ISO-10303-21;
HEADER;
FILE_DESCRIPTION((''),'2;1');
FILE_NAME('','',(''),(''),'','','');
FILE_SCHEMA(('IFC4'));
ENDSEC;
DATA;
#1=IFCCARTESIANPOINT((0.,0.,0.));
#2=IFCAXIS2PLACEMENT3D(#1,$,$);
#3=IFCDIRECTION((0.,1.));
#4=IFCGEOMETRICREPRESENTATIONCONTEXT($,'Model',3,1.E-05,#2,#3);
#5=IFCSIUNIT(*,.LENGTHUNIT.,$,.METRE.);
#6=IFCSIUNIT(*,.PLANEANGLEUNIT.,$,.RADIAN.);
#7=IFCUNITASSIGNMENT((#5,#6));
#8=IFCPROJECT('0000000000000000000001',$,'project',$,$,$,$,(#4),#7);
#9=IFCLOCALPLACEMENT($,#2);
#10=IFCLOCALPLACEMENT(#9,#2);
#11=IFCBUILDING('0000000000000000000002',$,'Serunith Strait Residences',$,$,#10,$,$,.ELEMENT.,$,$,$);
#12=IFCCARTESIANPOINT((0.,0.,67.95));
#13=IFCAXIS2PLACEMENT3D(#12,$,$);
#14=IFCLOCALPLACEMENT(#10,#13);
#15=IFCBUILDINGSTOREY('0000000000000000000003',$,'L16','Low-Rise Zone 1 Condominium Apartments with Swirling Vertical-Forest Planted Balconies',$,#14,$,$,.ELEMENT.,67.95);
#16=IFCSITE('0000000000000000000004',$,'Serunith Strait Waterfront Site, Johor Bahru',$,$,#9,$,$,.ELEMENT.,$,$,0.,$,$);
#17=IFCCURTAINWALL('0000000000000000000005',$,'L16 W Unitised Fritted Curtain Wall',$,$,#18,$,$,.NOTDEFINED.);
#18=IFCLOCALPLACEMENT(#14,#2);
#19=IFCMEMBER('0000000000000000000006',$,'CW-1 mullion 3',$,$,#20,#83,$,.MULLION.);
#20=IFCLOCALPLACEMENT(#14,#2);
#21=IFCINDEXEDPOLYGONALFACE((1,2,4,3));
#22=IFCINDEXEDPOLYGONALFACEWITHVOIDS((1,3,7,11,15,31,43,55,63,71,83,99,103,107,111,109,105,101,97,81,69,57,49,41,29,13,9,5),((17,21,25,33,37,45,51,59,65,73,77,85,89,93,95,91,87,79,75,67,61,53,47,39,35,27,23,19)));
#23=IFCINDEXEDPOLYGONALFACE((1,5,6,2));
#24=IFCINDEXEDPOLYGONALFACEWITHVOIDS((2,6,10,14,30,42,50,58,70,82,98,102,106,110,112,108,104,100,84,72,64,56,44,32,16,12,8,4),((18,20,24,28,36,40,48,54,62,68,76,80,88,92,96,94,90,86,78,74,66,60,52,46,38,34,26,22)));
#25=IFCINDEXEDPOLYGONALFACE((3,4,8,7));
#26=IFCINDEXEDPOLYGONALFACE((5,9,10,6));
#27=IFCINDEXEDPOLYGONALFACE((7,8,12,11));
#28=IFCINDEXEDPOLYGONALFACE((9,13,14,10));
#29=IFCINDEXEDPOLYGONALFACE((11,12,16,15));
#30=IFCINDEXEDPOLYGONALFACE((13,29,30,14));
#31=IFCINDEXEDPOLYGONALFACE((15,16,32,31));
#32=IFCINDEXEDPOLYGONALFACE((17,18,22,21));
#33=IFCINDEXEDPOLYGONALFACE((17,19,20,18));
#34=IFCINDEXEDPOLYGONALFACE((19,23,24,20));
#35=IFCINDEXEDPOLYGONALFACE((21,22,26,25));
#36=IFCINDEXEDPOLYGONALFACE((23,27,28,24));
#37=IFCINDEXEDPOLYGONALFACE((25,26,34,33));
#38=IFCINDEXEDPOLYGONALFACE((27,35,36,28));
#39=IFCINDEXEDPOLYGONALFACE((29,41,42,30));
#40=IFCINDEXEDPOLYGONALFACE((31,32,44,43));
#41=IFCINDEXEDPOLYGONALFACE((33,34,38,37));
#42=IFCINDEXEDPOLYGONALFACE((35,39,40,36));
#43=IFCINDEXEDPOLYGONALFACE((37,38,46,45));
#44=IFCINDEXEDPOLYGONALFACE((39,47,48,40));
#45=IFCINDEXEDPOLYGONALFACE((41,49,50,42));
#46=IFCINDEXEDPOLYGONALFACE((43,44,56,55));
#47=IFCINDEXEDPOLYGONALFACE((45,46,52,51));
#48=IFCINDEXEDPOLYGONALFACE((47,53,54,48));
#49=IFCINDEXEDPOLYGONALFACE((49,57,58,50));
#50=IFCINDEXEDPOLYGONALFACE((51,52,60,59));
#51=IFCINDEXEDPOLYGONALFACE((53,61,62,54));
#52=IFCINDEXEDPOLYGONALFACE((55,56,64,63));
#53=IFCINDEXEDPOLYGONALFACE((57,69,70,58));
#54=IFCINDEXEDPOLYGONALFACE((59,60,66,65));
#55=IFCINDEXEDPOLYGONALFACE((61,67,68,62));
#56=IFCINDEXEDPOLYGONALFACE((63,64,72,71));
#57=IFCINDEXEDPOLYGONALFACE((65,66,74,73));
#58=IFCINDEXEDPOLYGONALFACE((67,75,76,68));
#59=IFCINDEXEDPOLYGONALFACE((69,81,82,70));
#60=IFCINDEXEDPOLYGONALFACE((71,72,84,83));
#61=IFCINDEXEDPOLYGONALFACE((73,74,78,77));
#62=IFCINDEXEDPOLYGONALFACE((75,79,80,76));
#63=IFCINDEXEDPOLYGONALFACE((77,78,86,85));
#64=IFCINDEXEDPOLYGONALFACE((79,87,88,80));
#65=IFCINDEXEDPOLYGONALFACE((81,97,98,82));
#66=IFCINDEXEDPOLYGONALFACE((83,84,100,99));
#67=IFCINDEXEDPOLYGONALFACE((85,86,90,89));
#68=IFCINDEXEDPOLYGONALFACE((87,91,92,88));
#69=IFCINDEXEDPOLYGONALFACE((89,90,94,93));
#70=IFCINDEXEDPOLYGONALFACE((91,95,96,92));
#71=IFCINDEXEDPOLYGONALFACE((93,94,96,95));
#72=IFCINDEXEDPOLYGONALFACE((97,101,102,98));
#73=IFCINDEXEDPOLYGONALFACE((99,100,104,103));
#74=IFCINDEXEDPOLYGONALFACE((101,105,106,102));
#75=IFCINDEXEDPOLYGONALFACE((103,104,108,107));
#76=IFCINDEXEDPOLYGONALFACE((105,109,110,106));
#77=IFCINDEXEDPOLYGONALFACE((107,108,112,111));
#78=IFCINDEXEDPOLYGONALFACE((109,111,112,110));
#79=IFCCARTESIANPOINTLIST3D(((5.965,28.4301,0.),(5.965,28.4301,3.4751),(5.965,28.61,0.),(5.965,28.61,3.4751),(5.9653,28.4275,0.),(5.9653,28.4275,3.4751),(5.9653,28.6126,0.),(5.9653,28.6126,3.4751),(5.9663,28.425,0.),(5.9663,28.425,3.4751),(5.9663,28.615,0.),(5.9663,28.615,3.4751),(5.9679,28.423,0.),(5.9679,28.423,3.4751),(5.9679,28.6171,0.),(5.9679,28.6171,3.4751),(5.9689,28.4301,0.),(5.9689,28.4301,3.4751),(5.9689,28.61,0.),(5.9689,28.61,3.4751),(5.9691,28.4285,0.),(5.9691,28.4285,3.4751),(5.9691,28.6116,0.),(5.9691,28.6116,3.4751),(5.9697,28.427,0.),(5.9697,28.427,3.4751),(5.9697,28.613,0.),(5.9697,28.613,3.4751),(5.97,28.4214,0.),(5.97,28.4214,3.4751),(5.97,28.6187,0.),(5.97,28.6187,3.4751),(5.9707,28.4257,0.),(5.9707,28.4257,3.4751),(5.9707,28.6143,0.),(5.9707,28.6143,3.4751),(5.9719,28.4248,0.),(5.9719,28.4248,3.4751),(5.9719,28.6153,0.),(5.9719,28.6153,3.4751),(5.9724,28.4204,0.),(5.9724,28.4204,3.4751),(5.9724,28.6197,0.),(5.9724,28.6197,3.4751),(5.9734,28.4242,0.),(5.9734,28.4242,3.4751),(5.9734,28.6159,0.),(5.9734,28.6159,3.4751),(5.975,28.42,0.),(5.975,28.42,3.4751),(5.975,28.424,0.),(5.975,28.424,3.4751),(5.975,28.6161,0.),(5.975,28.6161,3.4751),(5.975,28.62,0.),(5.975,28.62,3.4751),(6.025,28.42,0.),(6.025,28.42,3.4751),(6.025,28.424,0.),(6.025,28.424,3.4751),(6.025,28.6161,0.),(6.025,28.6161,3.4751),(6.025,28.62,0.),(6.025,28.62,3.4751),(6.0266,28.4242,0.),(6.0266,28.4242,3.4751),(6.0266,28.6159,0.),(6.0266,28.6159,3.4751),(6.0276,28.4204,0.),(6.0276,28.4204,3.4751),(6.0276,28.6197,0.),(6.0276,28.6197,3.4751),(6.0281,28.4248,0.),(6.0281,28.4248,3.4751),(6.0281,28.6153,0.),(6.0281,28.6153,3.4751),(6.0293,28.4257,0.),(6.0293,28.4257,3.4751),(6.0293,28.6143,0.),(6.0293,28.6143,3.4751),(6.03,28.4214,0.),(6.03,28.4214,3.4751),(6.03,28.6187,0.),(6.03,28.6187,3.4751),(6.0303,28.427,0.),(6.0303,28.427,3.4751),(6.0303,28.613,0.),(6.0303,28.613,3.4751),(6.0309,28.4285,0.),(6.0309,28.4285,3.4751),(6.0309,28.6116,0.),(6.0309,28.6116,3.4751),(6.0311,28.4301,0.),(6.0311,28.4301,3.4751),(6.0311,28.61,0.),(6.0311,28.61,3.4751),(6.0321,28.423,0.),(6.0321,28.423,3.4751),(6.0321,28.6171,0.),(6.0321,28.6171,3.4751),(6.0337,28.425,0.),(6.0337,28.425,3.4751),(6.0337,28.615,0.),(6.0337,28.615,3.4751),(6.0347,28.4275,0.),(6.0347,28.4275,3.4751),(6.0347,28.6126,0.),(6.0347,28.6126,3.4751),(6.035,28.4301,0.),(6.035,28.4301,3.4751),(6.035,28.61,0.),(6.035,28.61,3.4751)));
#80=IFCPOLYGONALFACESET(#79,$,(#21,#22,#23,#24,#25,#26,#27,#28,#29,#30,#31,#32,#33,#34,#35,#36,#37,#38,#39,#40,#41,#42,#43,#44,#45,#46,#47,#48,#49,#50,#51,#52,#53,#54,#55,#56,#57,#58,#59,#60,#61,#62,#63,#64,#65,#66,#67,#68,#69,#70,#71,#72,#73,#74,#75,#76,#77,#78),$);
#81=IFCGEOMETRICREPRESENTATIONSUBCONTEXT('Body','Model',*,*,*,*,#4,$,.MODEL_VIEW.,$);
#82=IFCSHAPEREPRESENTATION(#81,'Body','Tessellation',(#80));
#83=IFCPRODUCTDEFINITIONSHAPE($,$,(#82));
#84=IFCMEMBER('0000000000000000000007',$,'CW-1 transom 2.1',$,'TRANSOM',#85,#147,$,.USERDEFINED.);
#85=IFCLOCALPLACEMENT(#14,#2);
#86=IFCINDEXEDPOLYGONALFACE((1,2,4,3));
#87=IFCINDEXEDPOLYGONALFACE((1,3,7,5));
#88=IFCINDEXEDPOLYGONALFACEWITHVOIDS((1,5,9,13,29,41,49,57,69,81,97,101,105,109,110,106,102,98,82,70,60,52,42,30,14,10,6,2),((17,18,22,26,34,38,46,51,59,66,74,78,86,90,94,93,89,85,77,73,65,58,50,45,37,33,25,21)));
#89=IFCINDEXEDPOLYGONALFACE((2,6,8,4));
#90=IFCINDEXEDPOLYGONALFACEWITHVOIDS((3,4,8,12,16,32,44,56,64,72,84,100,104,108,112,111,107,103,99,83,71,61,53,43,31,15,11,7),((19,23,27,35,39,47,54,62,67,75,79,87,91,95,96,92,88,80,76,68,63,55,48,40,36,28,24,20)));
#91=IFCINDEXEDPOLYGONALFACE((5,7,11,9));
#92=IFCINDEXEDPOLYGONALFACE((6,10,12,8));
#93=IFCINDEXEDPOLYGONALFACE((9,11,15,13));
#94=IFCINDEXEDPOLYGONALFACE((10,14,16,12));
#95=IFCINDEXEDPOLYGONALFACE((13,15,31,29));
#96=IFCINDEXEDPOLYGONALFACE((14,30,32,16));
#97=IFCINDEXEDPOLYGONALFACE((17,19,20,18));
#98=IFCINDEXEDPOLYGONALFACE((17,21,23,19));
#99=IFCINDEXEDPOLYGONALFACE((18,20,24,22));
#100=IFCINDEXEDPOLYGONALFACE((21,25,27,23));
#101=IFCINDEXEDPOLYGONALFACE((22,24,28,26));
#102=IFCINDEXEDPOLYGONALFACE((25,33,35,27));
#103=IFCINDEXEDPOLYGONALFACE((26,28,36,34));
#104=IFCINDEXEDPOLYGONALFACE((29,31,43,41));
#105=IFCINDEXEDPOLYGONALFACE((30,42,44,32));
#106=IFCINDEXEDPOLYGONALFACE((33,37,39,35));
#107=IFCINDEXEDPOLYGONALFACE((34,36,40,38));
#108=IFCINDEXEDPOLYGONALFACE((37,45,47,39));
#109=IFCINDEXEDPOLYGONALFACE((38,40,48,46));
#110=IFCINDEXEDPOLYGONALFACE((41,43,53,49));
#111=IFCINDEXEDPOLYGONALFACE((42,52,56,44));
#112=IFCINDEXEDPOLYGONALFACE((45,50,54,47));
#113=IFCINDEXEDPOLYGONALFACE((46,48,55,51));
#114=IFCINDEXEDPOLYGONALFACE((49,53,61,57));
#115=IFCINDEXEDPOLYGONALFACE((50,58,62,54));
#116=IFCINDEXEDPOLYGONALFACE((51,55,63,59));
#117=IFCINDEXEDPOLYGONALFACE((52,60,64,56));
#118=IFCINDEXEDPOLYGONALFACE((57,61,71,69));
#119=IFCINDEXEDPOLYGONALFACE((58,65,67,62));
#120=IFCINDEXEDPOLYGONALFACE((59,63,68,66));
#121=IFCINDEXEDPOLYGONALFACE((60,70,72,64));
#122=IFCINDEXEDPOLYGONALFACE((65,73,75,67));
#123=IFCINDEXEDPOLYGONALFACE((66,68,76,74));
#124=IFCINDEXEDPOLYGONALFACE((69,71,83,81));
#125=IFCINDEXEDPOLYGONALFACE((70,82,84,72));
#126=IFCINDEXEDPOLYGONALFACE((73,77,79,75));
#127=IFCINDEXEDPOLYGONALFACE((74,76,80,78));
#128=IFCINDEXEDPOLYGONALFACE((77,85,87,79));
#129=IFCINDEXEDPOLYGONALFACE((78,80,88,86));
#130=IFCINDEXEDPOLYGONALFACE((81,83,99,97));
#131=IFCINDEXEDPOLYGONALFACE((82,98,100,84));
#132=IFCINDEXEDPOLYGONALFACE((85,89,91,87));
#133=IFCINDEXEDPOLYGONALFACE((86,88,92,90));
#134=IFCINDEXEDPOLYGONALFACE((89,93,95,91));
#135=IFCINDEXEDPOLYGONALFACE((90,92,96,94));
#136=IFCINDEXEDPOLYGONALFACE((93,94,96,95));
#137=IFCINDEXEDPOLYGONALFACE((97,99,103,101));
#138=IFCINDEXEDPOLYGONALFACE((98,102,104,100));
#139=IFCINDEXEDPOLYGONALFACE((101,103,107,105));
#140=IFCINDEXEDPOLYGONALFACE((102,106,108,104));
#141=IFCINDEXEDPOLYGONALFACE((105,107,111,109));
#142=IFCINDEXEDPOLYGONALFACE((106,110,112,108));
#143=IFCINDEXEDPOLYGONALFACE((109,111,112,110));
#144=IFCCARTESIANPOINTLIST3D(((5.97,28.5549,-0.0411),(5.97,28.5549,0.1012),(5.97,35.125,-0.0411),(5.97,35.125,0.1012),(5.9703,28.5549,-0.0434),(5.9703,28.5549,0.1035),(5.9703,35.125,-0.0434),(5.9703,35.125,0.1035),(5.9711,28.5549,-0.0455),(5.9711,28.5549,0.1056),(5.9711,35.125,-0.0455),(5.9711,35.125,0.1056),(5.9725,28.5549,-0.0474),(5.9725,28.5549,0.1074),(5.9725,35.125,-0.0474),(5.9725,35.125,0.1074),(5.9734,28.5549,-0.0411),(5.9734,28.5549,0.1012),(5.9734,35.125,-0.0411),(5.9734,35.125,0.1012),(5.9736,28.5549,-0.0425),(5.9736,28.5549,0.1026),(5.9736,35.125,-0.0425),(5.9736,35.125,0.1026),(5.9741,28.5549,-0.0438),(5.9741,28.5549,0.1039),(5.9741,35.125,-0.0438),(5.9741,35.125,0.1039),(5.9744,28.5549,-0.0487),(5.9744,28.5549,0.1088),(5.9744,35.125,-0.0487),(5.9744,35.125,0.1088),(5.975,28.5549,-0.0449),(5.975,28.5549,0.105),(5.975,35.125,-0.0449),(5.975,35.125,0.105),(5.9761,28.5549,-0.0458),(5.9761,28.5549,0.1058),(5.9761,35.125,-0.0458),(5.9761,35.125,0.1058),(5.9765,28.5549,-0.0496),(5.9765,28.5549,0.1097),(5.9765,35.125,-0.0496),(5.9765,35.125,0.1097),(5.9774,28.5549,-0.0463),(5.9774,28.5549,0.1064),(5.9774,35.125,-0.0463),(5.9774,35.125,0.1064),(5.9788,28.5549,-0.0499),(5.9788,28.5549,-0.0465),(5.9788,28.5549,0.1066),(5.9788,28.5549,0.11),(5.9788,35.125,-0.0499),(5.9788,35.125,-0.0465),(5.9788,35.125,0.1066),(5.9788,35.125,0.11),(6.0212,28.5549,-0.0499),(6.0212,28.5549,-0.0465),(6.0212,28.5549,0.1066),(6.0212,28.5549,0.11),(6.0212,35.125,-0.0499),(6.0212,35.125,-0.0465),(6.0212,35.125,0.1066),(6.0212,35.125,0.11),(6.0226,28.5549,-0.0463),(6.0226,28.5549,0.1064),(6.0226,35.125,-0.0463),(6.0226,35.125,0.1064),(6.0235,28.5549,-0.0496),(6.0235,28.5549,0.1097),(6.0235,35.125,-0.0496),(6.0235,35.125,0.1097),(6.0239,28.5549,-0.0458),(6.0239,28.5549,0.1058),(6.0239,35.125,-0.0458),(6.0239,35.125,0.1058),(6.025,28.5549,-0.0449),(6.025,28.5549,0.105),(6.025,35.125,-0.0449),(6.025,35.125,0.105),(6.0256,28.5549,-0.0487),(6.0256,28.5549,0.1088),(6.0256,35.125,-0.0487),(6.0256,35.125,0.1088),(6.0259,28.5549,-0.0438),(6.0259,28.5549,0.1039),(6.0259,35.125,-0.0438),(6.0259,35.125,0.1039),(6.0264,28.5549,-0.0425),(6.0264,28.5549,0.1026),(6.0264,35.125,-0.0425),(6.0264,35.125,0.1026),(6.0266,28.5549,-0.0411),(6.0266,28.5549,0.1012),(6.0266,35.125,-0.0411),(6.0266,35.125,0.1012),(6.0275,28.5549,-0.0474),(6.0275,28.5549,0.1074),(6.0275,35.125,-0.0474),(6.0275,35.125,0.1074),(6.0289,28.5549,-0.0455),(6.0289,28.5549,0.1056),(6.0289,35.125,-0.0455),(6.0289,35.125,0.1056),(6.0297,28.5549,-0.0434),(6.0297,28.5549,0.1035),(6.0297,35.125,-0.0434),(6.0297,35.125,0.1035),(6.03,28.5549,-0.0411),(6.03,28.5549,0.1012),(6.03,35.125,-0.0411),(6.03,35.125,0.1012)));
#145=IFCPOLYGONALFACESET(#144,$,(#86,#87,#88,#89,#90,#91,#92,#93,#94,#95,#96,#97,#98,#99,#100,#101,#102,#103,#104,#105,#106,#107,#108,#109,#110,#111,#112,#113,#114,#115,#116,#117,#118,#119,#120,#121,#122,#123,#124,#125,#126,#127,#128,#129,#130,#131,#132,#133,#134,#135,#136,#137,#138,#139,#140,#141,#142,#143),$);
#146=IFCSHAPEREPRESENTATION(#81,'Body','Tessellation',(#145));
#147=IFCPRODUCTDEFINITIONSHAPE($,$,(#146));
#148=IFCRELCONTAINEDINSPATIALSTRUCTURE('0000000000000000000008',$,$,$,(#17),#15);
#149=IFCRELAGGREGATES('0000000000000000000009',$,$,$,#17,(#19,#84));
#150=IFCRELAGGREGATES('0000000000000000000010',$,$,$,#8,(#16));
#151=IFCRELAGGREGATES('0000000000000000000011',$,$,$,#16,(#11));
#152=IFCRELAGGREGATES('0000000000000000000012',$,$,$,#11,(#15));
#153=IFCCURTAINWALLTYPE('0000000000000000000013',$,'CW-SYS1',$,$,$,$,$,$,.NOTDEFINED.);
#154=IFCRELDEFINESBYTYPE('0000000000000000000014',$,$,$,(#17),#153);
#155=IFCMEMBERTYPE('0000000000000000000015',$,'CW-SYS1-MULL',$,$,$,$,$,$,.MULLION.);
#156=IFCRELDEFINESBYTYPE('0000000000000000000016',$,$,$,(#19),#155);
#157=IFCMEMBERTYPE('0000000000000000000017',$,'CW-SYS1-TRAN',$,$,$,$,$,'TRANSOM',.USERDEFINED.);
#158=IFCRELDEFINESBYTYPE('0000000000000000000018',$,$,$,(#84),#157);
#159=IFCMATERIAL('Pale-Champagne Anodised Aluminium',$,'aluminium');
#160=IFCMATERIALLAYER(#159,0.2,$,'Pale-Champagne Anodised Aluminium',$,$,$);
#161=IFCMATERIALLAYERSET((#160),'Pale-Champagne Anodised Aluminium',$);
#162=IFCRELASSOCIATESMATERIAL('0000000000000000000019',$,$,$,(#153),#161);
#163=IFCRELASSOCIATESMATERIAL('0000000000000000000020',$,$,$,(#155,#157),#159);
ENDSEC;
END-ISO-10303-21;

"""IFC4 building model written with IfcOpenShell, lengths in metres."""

from ifc_helpers import new_model, si_unit, direction, frame, origin, origin_2d, place, context, subcontext, project, spatial, hollow_rectangle, extrude, source, transform, mapped, material, layer, layer_set, material_profile, profile_set, type_object, element, aggregate, save


model = new_model("IFC4")

# Units and contexts
model_context = context("Model", 3, precision=1e-05, world=origin(), true_north=direction((0.0, 1.0)))
body_context = subcontext(model_context, "Body", "Model", "MODEL_VIEW")
ifc_project = project(units=[si_unit("LENGTHUNIT", "METRE"), si_unit("PLANEANGLEUNIT", "RADIAN")], contexts=[model_context])

# Site, building, storey
site_placement = place(None, origin())
site = spatial("IfcSite", under=ifc_project, at=site_placement, Name="Serunith Strait Waterfront Site, Johor Bahru", CompositionType="ELEMENT", RefElevation=0.0)
building_placement = place(site_placement, origin())
building = spatial("IfcBuilding", under=site, at=building_placement, Name="Serunith Strait Residences", CompositionType="ELEMENT")
storey_placement = place(building_placement, frame((0.0, 0.0, 67.95)))
storey = spatial("IfcBuildingStorey", under=building, at=storey_placement, Name="L16", Description="Low-Rise Zone 1 Condominium Apartments with Swirling Vertical-Forest Planted Balconies", CompositionType="ELEMENT", Elevation=67.95)

# Curtain wall, members
ifc_material_1 = material(Name="Pale-Champagne Anodised Aluminium", Category="aluminium")
ifc_layer_1 = layer(ifc_material_1, 0.2, Name="Pale-Champagne Anodised Aluminium")
ifc_layer_set_1 = layer_set([ifc_layer_1], Name="Pale-Champagne Anodised Aluminium")
curtain_wall_type = type_object("IfcCurtainWallType", Name="CW-SYS1", PredefinedType="NOTDEFINED", material=ifc_layer_set_1)
curtain_wall_placement = place(storey_placement, origin())
curtain_wall = element("IfcCurtainWall", 1, at=curtain_wall_placement, inside=storey, type_object=curtain_wall_type, Name="L16 W Unitised Fritted Curtain Wall", PredefinedType="NOTDEFINED")
ifc_material_profile_1 = material_profile(ifc_material_1, hollow_rectangle(XDim=0.0701, YDim=0.2, WallThickness=0.0039, InnerFilletRadius=0.0061, OuterFilletRadius=0.01, at=origin_2d()), Name="ALU 200x70x4")
ifc_profile_set_1 = profile_set([ifc_material_profile_1], Name="Pale-Champagne Anodised Aluminium")
member_type_1 = type_object("IfcMemberType", Name="CW-SYS1-MULL", PredefinedType="MULLION", material=ifc_profile_set_1)
shared_shape_1 = source(origin(), body_context, "Body", "SweptSolid", [
    extrude(hollow_rectangle(XDim=0.0701, YDim=0.2, WallThickness=0.0039, InnerFilletRadius=0.0061, OuterFilletRadius=0.01, at=origin_2d()), origin(), (0.0, 0.0, 1.0), 3.4751),
])
member_1_placement = place(storey_placement, frame((6.0, 28.52, 0.0), z_axis=(0.0, 0.0, 1.0), x_axis=(1.0, 0.0, 0.0)))
member_1 = element("IfcMember", 2, at=member_1_placement, type_object=member_type_1, Name="CW-1 mullion 3", PredefinedType="MULLION", context=body_context, shape_type="MappedRepresentation", body=[
    mapped(shared_shape_1, transform((0.0, 0.0, 0.0), scale=1.0)),
])
ifc_material_profile_2 = material_profile(ifc_material_1, hollow_rectangle(XDim=0.0601, YDim=0.1599, WallThickness=0.0034, InnerFilletRadius=0.0054, OuterFilletRadius=0.0088, at=origin_2d()), Name="ALU 160x60x3.5")
ifc_profile_set_2 = profile_set([ifc_material_profile_2], Name="Pale-Champagne Anodised Aluminium")
member_type_2 = type_object("IfcMemberType", Name="CW-SYS1-TRAN", ElementType="TRANSOM", PredefinedType="USERDEFINED", material=ifc_profile_set_2)
shared_shape_2 = source(origin(), body_context, "Body", "SweptSolid", [
    extrude(hollow_rectangle(XDim=0.0601, YDim=0.1599, WallThickness=0.0034, InnerFilletRadius=0.0054, OuterFilletRadius=0.0088, at=origin_2d()), origin(), (0.0, 0.0, 1.0), 6.5701),
])
member_2_placement = place(storey_placement, frame((6.0, 35.125, 0.03), z_axis=(0.0, -1.0, 0.0), x_axis=(1.0, 0.0, 0.0)))
member_2 = element("IfcMember", 3, at=member_2_placement, type_object=member_type_2, Name="CW-1 transom 2.1", ObjectType="TRANSOM", PredefinedType="USERDEFINED", context=body_context, shape_type="MappedRepresentation", body=[
    mapped(shared_shape_2, transform((0.0, 0.0, 0.0), scale=1.0)),
])
aggregate(curtain_wall, [member_1, member_2])

save(model, "model.ifc")
